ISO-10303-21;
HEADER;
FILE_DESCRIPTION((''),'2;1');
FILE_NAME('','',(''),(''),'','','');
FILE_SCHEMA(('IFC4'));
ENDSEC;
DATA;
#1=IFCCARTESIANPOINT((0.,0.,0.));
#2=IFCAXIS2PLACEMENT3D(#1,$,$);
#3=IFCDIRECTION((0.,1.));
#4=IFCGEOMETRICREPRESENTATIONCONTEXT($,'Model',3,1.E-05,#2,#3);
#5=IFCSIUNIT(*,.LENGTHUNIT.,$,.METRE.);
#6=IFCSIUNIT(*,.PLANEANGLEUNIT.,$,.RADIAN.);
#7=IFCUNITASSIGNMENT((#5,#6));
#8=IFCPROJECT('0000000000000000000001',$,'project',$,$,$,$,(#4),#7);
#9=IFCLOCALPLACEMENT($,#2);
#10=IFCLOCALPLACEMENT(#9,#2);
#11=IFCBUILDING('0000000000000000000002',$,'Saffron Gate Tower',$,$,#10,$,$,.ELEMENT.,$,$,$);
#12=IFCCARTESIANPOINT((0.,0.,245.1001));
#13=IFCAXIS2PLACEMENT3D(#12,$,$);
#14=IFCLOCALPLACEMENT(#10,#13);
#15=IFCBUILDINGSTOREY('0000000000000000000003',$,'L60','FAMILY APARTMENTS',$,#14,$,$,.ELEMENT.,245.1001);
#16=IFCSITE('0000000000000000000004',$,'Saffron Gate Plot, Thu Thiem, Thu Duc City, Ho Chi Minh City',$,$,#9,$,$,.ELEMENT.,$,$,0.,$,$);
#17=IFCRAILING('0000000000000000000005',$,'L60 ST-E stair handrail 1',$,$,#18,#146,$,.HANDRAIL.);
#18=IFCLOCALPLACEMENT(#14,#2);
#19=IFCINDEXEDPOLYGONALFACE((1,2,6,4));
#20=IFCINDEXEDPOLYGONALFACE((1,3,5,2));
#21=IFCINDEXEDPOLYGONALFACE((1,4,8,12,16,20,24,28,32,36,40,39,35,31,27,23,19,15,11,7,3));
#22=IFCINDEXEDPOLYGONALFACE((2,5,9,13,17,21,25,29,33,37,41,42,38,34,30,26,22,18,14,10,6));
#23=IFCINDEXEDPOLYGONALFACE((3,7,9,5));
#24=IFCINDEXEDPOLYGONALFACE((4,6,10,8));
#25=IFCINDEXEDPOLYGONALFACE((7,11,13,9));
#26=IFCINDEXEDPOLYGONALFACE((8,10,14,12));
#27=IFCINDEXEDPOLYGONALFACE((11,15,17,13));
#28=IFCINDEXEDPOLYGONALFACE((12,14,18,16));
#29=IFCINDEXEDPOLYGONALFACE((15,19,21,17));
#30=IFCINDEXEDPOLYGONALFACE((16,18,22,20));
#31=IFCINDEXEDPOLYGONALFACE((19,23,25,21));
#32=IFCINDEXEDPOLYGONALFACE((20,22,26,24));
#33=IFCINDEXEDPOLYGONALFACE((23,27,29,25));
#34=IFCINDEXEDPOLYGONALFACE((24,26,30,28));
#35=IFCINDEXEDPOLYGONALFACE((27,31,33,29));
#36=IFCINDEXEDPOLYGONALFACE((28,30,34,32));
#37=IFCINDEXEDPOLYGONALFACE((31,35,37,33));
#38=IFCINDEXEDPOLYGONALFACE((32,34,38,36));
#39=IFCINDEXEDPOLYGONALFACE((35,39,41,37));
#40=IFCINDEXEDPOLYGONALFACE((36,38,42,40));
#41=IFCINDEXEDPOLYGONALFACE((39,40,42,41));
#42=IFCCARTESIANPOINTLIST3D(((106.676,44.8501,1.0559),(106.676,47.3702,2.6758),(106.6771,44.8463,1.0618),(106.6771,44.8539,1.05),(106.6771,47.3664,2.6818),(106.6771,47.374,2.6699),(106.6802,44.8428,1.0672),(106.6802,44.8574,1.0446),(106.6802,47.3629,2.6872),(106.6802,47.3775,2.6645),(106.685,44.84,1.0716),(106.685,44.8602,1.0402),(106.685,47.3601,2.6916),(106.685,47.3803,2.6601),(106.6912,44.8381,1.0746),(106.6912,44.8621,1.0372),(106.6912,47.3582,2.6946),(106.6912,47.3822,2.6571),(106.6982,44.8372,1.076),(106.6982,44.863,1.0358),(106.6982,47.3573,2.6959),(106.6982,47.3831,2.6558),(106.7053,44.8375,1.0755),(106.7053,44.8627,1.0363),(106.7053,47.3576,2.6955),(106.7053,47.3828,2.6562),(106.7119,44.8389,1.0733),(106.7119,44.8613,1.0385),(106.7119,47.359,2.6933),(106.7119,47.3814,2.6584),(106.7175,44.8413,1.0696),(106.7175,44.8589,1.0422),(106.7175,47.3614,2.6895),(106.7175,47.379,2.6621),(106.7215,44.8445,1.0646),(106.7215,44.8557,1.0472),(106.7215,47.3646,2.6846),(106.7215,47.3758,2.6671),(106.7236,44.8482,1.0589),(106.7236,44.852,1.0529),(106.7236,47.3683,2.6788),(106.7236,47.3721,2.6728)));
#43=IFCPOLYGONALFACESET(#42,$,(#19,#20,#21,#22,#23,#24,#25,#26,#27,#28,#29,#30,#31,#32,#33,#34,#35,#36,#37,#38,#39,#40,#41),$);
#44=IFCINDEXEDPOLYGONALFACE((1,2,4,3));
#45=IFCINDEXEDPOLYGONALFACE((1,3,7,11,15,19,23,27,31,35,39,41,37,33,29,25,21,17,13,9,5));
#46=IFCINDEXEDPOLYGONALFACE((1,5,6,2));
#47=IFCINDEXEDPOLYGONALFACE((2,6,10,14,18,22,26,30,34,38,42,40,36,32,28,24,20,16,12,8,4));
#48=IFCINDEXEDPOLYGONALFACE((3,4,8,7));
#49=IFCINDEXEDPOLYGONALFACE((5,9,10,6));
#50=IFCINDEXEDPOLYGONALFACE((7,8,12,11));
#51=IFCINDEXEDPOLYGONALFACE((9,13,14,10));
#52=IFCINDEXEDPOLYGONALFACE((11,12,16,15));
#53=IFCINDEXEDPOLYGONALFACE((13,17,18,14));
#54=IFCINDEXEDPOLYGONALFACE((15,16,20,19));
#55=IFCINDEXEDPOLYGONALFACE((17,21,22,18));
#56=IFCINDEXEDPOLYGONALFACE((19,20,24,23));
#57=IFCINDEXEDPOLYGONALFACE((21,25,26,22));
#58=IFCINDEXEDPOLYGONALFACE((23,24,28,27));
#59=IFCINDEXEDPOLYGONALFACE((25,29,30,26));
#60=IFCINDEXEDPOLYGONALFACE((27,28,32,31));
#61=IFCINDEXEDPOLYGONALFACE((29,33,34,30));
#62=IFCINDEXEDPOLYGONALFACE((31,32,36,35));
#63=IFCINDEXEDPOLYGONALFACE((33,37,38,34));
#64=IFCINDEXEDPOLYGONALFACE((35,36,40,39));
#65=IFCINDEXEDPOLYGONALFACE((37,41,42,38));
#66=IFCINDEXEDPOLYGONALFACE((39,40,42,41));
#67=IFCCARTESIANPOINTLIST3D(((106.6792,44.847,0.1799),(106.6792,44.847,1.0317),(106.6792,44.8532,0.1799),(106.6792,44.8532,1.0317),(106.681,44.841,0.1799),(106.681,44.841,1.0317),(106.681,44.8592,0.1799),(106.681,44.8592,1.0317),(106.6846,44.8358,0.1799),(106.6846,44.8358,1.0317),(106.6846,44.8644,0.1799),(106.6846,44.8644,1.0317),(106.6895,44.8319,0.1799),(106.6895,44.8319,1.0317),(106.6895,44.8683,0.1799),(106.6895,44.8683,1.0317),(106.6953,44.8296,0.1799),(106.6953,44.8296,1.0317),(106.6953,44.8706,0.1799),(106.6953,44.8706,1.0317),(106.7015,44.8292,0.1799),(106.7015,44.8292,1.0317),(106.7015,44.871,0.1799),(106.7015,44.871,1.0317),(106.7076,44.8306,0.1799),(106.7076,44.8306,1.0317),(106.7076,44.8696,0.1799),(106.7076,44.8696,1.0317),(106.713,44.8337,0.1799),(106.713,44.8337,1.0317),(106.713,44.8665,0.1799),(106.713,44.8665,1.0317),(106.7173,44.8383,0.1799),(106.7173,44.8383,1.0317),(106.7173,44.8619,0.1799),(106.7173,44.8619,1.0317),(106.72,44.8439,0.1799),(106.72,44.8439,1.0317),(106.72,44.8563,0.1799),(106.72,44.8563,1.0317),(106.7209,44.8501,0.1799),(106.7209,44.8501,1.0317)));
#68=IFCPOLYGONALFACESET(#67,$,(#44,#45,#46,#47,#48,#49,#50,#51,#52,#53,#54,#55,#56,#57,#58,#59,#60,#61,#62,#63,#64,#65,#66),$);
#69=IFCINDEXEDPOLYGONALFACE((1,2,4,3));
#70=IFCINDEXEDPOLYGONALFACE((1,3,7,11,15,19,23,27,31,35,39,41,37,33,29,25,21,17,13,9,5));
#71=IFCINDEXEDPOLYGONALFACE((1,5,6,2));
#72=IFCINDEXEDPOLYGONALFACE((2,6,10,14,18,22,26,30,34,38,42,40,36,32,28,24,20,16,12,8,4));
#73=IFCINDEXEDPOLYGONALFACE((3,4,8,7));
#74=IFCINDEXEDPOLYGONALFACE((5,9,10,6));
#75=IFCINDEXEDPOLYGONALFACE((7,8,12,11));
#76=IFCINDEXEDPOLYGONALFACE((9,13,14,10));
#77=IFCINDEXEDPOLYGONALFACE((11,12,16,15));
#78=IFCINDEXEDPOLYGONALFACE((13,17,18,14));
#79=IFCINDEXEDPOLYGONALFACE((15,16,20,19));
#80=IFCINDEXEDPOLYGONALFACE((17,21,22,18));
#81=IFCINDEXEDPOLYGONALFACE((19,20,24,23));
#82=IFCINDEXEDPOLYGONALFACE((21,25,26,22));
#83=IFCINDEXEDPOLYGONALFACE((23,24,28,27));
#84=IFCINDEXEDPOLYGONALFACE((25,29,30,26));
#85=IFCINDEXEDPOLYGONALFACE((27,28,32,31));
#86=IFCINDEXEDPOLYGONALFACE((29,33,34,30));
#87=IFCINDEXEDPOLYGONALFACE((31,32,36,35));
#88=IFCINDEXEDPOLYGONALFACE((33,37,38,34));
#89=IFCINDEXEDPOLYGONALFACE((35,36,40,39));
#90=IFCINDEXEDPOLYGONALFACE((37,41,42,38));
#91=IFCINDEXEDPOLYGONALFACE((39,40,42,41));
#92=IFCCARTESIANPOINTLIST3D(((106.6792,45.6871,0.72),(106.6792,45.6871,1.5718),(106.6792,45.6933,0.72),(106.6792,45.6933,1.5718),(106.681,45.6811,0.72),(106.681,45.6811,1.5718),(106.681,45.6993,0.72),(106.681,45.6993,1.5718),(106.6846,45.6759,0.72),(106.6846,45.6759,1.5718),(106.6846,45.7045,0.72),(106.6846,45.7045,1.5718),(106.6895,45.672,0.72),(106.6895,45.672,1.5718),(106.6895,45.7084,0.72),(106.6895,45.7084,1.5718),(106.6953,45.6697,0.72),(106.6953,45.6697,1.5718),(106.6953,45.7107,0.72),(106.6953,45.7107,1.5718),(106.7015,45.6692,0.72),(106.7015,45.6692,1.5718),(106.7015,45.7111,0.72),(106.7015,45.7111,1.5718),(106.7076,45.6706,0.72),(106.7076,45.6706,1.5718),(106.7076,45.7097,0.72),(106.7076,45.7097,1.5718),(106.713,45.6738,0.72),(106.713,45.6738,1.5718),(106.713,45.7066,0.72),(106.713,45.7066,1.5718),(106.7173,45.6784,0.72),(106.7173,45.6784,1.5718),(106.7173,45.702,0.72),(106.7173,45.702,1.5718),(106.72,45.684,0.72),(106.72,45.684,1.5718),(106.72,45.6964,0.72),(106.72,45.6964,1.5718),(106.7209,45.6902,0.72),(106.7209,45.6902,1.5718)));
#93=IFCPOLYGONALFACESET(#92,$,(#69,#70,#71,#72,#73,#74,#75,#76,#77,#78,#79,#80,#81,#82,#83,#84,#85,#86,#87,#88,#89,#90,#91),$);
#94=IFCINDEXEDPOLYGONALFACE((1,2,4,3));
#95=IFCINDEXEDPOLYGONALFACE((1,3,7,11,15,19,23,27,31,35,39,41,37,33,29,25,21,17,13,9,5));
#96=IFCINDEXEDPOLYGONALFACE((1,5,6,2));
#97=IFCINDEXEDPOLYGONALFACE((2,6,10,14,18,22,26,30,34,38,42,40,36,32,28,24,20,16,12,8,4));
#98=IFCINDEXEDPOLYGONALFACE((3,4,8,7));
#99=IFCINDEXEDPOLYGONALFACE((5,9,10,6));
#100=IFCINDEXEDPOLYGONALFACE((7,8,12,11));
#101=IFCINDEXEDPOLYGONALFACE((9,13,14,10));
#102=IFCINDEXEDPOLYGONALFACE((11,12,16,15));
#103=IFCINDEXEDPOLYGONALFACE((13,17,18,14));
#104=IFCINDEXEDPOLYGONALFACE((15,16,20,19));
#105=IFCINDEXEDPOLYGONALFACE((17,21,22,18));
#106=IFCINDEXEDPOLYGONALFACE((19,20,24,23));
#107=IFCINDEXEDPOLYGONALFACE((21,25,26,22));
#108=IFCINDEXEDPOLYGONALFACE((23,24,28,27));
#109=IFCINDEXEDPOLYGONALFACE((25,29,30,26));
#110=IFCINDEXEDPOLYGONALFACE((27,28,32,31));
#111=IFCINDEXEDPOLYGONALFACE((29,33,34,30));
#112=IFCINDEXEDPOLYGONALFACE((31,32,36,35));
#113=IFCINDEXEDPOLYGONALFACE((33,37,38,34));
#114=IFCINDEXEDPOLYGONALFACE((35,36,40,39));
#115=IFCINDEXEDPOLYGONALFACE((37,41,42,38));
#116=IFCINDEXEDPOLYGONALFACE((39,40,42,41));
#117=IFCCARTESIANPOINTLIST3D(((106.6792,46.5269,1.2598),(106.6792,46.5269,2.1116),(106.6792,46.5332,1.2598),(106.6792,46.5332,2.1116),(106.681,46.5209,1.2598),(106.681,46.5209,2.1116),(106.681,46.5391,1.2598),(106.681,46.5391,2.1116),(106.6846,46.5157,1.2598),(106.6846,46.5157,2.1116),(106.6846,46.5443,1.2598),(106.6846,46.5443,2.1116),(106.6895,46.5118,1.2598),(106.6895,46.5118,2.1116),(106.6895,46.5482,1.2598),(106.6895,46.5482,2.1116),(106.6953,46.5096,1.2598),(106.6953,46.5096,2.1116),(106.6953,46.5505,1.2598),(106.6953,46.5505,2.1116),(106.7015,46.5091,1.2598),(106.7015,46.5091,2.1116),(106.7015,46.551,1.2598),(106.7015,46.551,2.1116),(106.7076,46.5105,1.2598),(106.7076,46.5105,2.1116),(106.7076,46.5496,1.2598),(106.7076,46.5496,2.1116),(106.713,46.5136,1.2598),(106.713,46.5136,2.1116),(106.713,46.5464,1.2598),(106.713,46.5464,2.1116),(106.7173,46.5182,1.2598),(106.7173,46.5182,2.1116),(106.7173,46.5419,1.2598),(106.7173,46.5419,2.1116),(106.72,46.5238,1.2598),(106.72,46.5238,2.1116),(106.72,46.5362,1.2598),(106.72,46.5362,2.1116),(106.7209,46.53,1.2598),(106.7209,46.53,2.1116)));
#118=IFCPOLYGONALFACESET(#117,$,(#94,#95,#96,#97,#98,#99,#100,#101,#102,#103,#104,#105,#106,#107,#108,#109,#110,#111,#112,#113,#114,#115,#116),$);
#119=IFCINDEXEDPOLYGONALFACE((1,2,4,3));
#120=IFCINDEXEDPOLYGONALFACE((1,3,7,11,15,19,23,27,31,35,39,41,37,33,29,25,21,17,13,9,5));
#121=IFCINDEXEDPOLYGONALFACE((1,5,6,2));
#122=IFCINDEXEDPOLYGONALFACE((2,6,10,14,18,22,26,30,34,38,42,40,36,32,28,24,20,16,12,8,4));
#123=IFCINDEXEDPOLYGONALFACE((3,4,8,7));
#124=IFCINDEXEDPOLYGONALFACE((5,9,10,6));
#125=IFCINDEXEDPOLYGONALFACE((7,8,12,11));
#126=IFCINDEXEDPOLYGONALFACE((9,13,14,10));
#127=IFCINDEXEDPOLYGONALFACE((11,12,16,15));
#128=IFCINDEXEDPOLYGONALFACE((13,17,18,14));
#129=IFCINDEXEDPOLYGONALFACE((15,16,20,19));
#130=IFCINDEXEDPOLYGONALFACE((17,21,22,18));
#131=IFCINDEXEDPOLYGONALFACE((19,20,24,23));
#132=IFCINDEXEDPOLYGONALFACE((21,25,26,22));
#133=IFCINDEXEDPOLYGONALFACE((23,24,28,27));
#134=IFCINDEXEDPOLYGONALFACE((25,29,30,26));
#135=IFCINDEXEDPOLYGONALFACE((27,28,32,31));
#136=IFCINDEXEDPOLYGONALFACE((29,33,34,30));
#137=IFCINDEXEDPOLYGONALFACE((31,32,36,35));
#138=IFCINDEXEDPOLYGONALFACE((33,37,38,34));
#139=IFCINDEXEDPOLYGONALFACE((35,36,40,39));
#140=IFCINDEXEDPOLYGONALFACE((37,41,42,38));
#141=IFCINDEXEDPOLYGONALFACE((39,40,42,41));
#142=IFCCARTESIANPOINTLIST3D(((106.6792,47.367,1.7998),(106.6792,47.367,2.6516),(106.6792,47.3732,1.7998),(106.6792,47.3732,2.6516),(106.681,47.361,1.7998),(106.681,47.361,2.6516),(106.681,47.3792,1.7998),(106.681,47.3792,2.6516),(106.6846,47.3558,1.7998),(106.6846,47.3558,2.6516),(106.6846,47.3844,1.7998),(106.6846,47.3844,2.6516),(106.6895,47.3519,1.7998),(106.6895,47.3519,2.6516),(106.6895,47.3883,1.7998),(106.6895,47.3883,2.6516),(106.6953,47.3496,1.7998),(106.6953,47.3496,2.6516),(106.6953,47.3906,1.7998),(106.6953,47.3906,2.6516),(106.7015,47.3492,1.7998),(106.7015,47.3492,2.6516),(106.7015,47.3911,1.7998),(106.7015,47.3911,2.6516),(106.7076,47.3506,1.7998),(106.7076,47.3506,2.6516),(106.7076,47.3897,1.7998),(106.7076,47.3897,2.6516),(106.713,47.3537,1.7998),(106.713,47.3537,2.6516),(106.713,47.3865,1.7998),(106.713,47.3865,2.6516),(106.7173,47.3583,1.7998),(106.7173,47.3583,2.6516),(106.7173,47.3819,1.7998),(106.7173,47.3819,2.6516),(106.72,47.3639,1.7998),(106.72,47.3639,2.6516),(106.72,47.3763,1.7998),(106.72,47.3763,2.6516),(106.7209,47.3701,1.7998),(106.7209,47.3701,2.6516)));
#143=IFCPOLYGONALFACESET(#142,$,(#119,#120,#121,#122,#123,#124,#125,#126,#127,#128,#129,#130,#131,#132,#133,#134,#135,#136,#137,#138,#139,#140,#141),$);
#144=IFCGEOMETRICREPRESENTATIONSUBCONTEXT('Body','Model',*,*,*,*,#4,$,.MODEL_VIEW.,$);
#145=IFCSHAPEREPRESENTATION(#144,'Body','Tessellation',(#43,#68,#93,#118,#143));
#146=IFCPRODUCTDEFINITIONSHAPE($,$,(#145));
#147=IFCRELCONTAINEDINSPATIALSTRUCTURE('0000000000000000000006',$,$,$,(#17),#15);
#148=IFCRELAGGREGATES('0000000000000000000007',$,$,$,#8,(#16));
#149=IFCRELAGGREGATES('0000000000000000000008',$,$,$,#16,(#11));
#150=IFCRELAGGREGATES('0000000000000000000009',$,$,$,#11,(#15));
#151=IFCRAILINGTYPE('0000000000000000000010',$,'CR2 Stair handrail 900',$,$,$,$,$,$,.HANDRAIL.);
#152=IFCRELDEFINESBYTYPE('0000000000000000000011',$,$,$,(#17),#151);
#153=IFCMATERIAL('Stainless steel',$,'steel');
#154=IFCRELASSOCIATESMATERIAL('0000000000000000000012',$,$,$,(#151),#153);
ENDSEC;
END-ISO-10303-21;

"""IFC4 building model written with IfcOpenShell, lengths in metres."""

from ifc_helpers import new_model, si_unit, direction, frame, origin, origin_2d, place, context, subcontext, project, spatial, circle, extrude, material, type_object, element, save


model = new_model("IFC4")

# Units and contexts
model_context = context("Model", 3, precision=1e-05, world=origin(), true_north=direction((0.0, 1.0)))
body_context = subcontext(model_context, "Body", "Model", "MODEL_VIEW")
ifc_project = project(units=[si_unit("LENGTHUNIT", "METRE"), si_unit("PLANEANGLEUNIT", "RADIAN")], contexts=[model_context])

# Site, building, storey
site_placement = place(None, origin())
site = spatial("IfcSite", under=ifc_project, at=site_placement, Name="Saffron Gate Plot, Thu Thiem, Thu Duc City, Ho Chi Minh City", CompositionType="ELEMENT", RefElevation=0.0)
building_placement = place(site_placement, origin())
building = spatial("IfcBuilding", under=site, at=building_placement, Name="Saffron Gate Tower", CompositionType="ELEMENT")
storey_placement = place(building_placement, frame((0.0, 0.0, 245.1001)))
storey = spatial("IfcBuildingStorey", under=building, at=storey_placement, Name="L60", Description="FAMILY APARTMENTS", CompositionType="ELEMENT", Elevation=245.1001)

# Railing
ifc_material_1 = material(Name="Stainless steel", Category="steel")
railing_type_1 = type_object("IfcRailingType", Name="CR2 Stair handrail 900", PredefinedType="HANDRAIL", material=ifc_material_1)
railing_1_placement = place(storey_placement, frame((106.7, 44.8501, 0.1799)))
element("IfcRailing", 1, at=railing_1_placement, inside=storey, type_object=railing_type_1, Name="L60 ST-E stair handrail 1", PredefinedType="HANDRAIL", context=body_context, shape_type="SweptSolid", body=[
    extrude(circle(Radius=0.0239, at=origin_2d()), frame((0.0, 0.0, 0.876), z_axis=(0.0, 0.8412, 0.540725), x_axis=(-1.0, 0.0, 0.0)), (0.0, 0.0, 1.0), 2.9958),
    extrude(circle(Radius=0.021, at=origin_2d()), origin(), (0.0, 0.0, 1.0), 0.8518),
    extrude(circle(Radius=0.021, at=origin_2d()), frame((0.0, 0.8401, 0.54)), (0.0, 0.0, 1.0), 0.8518),
    extrude(circle(Radius=0.021, at=origin_2d()), frame((0.0, 1.6799, 1.0798)), (0.0, 0.0, 1.0), 0.8518),
    extrude(circle(Radius=0.021, at=origin_2d()), frame((0.0, 2.52, 1.6199)), (0.0, 0.0, 1.0), 0.8518),
])

save(model, "model.ifc")
